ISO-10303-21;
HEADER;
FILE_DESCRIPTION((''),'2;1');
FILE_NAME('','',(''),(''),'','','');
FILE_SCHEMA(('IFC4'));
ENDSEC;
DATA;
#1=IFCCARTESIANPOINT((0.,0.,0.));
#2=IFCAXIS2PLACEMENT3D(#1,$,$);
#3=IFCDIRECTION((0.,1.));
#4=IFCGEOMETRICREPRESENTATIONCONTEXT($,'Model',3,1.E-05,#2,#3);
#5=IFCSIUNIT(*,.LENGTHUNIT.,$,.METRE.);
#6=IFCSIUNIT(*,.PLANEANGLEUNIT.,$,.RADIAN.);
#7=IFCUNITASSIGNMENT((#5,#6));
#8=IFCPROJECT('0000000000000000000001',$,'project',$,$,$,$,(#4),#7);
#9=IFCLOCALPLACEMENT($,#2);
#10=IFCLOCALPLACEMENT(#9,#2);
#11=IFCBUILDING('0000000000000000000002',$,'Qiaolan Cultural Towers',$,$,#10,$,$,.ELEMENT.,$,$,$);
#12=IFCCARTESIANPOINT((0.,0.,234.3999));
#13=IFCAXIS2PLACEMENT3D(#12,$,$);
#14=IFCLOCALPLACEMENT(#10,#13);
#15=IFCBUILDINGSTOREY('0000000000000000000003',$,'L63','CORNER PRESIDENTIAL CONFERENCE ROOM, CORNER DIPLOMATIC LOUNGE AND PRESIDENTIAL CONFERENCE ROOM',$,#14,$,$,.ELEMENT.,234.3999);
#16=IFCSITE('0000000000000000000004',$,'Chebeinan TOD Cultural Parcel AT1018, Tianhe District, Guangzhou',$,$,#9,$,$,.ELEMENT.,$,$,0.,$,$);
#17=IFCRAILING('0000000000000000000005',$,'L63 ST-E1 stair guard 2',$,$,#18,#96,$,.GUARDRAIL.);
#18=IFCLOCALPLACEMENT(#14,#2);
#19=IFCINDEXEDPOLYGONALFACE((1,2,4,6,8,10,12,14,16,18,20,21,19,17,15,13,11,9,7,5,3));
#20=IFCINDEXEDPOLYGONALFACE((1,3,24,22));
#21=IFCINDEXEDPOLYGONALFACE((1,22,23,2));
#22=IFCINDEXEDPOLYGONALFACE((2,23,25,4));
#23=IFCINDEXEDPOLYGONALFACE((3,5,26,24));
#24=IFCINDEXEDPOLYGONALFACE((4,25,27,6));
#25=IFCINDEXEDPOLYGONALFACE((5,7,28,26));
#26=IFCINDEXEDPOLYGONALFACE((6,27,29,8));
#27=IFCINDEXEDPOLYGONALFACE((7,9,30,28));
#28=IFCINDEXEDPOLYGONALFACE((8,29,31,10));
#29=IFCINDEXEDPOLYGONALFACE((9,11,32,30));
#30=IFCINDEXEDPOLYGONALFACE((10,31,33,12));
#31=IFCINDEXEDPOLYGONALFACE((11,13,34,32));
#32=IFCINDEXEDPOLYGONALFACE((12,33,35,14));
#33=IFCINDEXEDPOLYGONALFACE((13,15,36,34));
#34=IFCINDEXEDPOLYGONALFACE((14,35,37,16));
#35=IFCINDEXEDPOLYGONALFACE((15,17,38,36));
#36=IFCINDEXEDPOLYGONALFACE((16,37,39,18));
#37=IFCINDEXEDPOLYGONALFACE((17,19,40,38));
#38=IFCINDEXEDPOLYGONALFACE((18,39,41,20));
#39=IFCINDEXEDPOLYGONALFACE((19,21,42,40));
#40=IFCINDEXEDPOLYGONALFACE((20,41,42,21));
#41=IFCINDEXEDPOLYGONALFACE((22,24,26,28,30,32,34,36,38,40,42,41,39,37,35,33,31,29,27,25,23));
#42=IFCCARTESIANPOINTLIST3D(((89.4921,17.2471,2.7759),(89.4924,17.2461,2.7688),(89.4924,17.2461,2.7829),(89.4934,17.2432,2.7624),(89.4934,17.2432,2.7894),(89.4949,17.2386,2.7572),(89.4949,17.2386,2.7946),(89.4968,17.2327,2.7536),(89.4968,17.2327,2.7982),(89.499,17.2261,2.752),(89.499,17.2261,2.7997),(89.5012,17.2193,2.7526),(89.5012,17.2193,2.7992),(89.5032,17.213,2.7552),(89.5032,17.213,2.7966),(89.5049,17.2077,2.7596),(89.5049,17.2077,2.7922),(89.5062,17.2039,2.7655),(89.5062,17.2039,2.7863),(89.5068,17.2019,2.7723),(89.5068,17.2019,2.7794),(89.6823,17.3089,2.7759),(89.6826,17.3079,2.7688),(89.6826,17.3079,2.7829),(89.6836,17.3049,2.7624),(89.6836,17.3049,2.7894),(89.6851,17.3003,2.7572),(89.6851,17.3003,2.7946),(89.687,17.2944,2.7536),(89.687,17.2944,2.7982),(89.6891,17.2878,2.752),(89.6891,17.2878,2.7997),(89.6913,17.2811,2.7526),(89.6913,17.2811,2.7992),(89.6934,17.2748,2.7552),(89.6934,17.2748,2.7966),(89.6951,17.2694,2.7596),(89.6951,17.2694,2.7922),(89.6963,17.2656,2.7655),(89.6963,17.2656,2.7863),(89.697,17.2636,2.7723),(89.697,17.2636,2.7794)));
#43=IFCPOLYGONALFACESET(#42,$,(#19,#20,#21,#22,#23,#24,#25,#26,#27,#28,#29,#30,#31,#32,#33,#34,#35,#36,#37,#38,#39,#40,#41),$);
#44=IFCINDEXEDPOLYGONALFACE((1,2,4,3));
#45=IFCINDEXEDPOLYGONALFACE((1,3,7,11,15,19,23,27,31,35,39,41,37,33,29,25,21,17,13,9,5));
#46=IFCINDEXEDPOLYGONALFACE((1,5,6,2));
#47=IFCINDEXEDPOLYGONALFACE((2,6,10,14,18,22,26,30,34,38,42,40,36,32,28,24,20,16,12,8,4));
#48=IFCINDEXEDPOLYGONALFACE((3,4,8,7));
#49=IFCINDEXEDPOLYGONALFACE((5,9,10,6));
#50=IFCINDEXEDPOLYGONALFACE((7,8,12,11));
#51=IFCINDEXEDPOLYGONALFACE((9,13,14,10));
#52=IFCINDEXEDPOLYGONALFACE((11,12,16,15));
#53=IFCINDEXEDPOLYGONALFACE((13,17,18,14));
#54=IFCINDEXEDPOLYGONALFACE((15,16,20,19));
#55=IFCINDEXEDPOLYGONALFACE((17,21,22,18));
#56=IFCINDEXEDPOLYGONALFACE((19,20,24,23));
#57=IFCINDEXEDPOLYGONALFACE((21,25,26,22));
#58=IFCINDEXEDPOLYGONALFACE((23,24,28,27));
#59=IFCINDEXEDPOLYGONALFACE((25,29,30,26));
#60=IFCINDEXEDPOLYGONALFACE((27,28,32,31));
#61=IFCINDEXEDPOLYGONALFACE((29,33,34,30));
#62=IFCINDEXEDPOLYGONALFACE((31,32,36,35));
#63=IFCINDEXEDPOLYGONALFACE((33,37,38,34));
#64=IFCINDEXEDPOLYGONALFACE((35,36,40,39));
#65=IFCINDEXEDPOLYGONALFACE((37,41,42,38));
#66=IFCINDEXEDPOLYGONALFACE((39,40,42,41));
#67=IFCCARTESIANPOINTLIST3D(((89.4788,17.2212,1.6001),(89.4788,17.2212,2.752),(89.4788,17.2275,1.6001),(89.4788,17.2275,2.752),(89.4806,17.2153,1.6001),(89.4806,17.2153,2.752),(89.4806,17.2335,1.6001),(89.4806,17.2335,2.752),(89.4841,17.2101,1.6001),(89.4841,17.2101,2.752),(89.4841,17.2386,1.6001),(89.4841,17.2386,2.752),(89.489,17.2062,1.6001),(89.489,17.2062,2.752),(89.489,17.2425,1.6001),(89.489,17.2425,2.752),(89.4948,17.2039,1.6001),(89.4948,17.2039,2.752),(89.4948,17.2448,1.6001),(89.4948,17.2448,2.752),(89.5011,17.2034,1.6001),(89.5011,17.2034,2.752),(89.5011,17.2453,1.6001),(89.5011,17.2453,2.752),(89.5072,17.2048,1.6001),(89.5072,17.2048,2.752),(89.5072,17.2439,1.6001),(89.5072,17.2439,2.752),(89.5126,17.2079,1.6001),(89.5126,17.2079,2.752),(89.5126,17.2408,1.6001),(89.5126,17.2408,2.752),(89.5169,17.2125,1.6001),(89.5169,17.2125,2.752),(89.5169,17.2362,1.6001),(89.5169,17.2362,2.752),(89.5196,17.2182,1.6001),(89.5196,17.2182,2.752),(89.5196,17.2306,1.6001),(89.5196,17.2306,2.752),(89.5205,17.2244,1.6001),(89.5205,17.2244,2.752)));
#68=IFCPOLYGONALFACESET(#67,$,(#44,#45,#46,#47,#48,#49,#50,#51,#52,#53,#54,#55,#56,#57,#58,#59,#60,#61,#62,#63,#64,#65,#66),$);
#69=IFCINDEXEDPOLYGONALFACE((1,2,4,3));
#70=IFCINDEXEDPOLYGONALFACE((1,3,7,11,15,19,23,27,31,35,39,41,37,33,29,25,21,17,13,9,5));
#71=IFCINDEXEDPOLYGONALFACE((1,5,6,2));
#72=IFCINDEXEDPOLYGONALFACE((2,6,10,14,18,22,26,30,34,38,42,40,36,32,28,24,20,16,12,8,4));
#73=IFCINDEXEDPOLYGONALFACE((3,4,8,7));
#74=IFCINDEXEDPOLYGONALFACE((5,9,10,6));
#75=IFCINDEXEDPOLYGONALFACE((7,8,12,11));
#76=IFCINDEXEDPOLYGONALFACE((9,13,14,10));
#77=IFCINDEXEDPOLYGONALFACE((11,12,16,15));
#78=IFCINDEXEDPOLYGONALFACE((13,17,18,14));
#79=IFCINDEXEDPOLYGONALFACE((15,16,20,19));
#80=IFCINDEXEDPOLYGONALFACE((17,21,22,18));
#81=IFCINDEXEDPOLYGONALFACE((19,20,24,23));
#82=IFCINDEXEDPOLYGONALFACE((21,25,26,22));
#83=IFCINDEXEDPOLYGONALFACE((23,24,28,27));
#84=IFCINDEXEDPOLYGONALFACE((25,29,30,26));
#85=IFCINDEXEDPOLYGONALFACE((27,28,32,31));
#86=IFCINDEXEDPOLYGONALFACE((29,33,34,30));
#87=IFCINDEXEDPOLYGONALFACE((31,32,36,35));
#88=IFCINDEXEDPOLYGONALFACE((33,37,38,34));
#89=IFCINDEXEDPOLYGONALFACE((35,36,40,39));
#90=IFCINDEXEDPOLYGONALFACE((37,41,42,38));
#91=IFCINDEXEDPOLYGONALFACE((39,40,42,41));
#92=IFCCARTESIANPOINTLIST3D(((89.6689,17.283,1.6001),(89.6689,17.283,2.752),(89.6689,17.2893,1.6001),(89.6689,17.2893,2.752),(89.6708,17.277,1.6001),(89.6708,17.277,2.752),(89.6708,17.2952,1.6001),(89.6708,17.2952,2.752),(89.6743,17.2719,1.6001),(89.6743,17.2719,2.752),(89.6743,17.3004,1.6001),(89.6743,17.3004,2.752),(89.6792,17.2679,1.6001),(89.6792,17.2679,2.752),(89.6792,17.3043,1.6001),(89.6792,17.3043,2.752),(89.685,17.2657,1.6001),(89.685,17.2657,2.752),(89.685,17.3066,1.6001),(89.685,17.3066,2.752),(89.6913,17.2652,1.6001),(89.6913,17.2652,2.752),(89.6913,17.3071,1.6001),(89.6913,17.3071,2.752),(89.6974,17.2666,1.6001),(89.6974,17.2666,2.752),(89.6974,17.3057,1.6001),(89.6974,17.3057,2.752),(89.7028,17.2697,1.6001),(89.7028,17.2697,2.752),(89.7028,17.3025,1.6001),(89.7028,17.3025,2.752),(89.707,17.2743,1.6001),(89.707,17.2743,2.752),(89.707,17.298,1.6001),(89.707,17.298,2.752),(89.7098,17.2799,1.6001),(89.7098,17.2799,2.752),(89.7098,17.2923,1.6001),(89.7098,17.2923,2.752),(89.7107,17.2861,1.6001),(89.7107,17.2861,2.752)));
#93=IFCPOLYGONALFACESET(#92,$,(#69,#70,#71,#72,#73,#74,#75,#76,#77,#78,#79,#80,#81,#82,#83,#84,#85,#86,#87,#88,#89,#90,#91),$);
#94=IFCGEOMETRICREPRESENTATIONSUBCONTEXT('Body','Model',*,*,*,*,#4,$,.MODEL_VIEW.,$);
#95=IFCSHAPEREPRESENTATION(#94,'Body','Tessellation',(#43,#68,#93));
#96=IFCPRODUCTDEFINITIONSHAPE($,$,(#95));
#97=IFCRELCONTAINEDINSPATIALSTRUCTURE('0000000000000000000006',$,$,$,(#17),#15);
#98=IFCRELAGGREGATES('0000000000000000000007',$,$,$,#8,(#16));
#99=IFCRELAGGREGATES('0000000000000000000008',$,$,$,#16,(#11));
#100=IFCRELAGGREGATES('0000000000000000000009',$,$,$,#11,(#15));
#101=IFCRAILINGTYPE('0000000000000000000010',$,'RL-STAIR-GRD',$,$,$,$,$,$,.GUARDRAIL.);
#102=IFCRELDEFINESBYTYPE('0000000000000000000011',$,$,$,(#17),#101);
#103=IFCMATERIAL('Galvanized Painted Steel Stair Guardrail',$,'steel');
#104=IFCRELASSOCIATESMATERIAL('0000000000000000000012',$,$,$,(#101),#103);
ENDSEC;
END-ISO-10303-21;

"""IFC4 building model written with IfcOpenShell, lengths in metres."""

from ifc_helpers import new_model, si_unit, direction, frame, origin, origin_2d, place, context, subcontext, project, spatial, circle, extrude, material, type_object, element, save


model = new_model("IFC4")

# Units and contexts
model_context = context("Model", 3, precision=1e-05, world=origin(), true_north=direction((0.0, 1.0)))
body_context = subcontext(model_context, "Body", "Model", "MODEL_VIEW")
ifc_project = project(units=[si_unit("LENGTHUNIT", "METRE"), si_unit("PLANEANGLEUNIT", "RADIAN")], contexts=[model_context])

# Site, building, storey
site_placement = place(None, origin())
site = spatial("IfcSite", under=ifc_project, at=site_placement, Name="Chebeinan TOD Cultural Parcel AT1018, Tianhe District, Guangzhou", CompositionType="ELEMENT", RefElevation=0.0)
building_placement = place(site_placement, origin())
building = spatial("IfcBuilding", under=site, at=building_placement, Name="Qiaolan Cultural Towers", CompositionType="ELEMENT")
storey_placement = place(building_placement, frame((0.0, 0.0, 234.3999)))
storey = spatial("IfcBuildingStorey", under=building, at=storey_placement, Name="L63", Description="CORNER PRESIDENTIAL CONFERENCE ROOM, CORNER DIPLOMATIC LOUNGE AND PRESIDENTIAL CONFERENCE ROOM", CompositionType="ELEMENT", Elevation=234.3999)

# Railing
ifc_material_1 = material(Name="Galvanized Painted Steel Stair Guardrail", Category="steel")
railing_type_1 = type_object("IfcRailingType", Name="RL-STAIR-GRD", PredefinedType="GUARDRAIL", material=ifc_material_1)
railing_1_placement = place(storey_placement, frame((89.4995, 17.2244, 1.6001)))
element("IfcRailing", 1, at=railing_1_placement, inside=storey, type_object=railing_type_1, Name="L63 ST-E1 stair guard 2", PredefinedType="GUARDRAIL", context=body_context, shape_type="SweptSolid", body=[
    extrude(circle(Radius=0.0239, at=origin_2d()), frame((0.0, 0.0, 1.1758), z_axis=(0.951097, 0.308893, 0.0), x_axis=(-0.308893, 0.951097, 0.0)), (0.0, 0.0, 1.0), 0.2),
    extrude(circle(Radius=0.021, at=origin_2d()), origin(), (0.0, 0.0, 1.0), 1.1519),
    extrude(circle(Radius=0.021, at=origin_2d()), frame((0.1902, 0.0618, 0.0)), (0.0, 0.0, 1.0), 1.1519),
])

save(model, "model.ifc")
